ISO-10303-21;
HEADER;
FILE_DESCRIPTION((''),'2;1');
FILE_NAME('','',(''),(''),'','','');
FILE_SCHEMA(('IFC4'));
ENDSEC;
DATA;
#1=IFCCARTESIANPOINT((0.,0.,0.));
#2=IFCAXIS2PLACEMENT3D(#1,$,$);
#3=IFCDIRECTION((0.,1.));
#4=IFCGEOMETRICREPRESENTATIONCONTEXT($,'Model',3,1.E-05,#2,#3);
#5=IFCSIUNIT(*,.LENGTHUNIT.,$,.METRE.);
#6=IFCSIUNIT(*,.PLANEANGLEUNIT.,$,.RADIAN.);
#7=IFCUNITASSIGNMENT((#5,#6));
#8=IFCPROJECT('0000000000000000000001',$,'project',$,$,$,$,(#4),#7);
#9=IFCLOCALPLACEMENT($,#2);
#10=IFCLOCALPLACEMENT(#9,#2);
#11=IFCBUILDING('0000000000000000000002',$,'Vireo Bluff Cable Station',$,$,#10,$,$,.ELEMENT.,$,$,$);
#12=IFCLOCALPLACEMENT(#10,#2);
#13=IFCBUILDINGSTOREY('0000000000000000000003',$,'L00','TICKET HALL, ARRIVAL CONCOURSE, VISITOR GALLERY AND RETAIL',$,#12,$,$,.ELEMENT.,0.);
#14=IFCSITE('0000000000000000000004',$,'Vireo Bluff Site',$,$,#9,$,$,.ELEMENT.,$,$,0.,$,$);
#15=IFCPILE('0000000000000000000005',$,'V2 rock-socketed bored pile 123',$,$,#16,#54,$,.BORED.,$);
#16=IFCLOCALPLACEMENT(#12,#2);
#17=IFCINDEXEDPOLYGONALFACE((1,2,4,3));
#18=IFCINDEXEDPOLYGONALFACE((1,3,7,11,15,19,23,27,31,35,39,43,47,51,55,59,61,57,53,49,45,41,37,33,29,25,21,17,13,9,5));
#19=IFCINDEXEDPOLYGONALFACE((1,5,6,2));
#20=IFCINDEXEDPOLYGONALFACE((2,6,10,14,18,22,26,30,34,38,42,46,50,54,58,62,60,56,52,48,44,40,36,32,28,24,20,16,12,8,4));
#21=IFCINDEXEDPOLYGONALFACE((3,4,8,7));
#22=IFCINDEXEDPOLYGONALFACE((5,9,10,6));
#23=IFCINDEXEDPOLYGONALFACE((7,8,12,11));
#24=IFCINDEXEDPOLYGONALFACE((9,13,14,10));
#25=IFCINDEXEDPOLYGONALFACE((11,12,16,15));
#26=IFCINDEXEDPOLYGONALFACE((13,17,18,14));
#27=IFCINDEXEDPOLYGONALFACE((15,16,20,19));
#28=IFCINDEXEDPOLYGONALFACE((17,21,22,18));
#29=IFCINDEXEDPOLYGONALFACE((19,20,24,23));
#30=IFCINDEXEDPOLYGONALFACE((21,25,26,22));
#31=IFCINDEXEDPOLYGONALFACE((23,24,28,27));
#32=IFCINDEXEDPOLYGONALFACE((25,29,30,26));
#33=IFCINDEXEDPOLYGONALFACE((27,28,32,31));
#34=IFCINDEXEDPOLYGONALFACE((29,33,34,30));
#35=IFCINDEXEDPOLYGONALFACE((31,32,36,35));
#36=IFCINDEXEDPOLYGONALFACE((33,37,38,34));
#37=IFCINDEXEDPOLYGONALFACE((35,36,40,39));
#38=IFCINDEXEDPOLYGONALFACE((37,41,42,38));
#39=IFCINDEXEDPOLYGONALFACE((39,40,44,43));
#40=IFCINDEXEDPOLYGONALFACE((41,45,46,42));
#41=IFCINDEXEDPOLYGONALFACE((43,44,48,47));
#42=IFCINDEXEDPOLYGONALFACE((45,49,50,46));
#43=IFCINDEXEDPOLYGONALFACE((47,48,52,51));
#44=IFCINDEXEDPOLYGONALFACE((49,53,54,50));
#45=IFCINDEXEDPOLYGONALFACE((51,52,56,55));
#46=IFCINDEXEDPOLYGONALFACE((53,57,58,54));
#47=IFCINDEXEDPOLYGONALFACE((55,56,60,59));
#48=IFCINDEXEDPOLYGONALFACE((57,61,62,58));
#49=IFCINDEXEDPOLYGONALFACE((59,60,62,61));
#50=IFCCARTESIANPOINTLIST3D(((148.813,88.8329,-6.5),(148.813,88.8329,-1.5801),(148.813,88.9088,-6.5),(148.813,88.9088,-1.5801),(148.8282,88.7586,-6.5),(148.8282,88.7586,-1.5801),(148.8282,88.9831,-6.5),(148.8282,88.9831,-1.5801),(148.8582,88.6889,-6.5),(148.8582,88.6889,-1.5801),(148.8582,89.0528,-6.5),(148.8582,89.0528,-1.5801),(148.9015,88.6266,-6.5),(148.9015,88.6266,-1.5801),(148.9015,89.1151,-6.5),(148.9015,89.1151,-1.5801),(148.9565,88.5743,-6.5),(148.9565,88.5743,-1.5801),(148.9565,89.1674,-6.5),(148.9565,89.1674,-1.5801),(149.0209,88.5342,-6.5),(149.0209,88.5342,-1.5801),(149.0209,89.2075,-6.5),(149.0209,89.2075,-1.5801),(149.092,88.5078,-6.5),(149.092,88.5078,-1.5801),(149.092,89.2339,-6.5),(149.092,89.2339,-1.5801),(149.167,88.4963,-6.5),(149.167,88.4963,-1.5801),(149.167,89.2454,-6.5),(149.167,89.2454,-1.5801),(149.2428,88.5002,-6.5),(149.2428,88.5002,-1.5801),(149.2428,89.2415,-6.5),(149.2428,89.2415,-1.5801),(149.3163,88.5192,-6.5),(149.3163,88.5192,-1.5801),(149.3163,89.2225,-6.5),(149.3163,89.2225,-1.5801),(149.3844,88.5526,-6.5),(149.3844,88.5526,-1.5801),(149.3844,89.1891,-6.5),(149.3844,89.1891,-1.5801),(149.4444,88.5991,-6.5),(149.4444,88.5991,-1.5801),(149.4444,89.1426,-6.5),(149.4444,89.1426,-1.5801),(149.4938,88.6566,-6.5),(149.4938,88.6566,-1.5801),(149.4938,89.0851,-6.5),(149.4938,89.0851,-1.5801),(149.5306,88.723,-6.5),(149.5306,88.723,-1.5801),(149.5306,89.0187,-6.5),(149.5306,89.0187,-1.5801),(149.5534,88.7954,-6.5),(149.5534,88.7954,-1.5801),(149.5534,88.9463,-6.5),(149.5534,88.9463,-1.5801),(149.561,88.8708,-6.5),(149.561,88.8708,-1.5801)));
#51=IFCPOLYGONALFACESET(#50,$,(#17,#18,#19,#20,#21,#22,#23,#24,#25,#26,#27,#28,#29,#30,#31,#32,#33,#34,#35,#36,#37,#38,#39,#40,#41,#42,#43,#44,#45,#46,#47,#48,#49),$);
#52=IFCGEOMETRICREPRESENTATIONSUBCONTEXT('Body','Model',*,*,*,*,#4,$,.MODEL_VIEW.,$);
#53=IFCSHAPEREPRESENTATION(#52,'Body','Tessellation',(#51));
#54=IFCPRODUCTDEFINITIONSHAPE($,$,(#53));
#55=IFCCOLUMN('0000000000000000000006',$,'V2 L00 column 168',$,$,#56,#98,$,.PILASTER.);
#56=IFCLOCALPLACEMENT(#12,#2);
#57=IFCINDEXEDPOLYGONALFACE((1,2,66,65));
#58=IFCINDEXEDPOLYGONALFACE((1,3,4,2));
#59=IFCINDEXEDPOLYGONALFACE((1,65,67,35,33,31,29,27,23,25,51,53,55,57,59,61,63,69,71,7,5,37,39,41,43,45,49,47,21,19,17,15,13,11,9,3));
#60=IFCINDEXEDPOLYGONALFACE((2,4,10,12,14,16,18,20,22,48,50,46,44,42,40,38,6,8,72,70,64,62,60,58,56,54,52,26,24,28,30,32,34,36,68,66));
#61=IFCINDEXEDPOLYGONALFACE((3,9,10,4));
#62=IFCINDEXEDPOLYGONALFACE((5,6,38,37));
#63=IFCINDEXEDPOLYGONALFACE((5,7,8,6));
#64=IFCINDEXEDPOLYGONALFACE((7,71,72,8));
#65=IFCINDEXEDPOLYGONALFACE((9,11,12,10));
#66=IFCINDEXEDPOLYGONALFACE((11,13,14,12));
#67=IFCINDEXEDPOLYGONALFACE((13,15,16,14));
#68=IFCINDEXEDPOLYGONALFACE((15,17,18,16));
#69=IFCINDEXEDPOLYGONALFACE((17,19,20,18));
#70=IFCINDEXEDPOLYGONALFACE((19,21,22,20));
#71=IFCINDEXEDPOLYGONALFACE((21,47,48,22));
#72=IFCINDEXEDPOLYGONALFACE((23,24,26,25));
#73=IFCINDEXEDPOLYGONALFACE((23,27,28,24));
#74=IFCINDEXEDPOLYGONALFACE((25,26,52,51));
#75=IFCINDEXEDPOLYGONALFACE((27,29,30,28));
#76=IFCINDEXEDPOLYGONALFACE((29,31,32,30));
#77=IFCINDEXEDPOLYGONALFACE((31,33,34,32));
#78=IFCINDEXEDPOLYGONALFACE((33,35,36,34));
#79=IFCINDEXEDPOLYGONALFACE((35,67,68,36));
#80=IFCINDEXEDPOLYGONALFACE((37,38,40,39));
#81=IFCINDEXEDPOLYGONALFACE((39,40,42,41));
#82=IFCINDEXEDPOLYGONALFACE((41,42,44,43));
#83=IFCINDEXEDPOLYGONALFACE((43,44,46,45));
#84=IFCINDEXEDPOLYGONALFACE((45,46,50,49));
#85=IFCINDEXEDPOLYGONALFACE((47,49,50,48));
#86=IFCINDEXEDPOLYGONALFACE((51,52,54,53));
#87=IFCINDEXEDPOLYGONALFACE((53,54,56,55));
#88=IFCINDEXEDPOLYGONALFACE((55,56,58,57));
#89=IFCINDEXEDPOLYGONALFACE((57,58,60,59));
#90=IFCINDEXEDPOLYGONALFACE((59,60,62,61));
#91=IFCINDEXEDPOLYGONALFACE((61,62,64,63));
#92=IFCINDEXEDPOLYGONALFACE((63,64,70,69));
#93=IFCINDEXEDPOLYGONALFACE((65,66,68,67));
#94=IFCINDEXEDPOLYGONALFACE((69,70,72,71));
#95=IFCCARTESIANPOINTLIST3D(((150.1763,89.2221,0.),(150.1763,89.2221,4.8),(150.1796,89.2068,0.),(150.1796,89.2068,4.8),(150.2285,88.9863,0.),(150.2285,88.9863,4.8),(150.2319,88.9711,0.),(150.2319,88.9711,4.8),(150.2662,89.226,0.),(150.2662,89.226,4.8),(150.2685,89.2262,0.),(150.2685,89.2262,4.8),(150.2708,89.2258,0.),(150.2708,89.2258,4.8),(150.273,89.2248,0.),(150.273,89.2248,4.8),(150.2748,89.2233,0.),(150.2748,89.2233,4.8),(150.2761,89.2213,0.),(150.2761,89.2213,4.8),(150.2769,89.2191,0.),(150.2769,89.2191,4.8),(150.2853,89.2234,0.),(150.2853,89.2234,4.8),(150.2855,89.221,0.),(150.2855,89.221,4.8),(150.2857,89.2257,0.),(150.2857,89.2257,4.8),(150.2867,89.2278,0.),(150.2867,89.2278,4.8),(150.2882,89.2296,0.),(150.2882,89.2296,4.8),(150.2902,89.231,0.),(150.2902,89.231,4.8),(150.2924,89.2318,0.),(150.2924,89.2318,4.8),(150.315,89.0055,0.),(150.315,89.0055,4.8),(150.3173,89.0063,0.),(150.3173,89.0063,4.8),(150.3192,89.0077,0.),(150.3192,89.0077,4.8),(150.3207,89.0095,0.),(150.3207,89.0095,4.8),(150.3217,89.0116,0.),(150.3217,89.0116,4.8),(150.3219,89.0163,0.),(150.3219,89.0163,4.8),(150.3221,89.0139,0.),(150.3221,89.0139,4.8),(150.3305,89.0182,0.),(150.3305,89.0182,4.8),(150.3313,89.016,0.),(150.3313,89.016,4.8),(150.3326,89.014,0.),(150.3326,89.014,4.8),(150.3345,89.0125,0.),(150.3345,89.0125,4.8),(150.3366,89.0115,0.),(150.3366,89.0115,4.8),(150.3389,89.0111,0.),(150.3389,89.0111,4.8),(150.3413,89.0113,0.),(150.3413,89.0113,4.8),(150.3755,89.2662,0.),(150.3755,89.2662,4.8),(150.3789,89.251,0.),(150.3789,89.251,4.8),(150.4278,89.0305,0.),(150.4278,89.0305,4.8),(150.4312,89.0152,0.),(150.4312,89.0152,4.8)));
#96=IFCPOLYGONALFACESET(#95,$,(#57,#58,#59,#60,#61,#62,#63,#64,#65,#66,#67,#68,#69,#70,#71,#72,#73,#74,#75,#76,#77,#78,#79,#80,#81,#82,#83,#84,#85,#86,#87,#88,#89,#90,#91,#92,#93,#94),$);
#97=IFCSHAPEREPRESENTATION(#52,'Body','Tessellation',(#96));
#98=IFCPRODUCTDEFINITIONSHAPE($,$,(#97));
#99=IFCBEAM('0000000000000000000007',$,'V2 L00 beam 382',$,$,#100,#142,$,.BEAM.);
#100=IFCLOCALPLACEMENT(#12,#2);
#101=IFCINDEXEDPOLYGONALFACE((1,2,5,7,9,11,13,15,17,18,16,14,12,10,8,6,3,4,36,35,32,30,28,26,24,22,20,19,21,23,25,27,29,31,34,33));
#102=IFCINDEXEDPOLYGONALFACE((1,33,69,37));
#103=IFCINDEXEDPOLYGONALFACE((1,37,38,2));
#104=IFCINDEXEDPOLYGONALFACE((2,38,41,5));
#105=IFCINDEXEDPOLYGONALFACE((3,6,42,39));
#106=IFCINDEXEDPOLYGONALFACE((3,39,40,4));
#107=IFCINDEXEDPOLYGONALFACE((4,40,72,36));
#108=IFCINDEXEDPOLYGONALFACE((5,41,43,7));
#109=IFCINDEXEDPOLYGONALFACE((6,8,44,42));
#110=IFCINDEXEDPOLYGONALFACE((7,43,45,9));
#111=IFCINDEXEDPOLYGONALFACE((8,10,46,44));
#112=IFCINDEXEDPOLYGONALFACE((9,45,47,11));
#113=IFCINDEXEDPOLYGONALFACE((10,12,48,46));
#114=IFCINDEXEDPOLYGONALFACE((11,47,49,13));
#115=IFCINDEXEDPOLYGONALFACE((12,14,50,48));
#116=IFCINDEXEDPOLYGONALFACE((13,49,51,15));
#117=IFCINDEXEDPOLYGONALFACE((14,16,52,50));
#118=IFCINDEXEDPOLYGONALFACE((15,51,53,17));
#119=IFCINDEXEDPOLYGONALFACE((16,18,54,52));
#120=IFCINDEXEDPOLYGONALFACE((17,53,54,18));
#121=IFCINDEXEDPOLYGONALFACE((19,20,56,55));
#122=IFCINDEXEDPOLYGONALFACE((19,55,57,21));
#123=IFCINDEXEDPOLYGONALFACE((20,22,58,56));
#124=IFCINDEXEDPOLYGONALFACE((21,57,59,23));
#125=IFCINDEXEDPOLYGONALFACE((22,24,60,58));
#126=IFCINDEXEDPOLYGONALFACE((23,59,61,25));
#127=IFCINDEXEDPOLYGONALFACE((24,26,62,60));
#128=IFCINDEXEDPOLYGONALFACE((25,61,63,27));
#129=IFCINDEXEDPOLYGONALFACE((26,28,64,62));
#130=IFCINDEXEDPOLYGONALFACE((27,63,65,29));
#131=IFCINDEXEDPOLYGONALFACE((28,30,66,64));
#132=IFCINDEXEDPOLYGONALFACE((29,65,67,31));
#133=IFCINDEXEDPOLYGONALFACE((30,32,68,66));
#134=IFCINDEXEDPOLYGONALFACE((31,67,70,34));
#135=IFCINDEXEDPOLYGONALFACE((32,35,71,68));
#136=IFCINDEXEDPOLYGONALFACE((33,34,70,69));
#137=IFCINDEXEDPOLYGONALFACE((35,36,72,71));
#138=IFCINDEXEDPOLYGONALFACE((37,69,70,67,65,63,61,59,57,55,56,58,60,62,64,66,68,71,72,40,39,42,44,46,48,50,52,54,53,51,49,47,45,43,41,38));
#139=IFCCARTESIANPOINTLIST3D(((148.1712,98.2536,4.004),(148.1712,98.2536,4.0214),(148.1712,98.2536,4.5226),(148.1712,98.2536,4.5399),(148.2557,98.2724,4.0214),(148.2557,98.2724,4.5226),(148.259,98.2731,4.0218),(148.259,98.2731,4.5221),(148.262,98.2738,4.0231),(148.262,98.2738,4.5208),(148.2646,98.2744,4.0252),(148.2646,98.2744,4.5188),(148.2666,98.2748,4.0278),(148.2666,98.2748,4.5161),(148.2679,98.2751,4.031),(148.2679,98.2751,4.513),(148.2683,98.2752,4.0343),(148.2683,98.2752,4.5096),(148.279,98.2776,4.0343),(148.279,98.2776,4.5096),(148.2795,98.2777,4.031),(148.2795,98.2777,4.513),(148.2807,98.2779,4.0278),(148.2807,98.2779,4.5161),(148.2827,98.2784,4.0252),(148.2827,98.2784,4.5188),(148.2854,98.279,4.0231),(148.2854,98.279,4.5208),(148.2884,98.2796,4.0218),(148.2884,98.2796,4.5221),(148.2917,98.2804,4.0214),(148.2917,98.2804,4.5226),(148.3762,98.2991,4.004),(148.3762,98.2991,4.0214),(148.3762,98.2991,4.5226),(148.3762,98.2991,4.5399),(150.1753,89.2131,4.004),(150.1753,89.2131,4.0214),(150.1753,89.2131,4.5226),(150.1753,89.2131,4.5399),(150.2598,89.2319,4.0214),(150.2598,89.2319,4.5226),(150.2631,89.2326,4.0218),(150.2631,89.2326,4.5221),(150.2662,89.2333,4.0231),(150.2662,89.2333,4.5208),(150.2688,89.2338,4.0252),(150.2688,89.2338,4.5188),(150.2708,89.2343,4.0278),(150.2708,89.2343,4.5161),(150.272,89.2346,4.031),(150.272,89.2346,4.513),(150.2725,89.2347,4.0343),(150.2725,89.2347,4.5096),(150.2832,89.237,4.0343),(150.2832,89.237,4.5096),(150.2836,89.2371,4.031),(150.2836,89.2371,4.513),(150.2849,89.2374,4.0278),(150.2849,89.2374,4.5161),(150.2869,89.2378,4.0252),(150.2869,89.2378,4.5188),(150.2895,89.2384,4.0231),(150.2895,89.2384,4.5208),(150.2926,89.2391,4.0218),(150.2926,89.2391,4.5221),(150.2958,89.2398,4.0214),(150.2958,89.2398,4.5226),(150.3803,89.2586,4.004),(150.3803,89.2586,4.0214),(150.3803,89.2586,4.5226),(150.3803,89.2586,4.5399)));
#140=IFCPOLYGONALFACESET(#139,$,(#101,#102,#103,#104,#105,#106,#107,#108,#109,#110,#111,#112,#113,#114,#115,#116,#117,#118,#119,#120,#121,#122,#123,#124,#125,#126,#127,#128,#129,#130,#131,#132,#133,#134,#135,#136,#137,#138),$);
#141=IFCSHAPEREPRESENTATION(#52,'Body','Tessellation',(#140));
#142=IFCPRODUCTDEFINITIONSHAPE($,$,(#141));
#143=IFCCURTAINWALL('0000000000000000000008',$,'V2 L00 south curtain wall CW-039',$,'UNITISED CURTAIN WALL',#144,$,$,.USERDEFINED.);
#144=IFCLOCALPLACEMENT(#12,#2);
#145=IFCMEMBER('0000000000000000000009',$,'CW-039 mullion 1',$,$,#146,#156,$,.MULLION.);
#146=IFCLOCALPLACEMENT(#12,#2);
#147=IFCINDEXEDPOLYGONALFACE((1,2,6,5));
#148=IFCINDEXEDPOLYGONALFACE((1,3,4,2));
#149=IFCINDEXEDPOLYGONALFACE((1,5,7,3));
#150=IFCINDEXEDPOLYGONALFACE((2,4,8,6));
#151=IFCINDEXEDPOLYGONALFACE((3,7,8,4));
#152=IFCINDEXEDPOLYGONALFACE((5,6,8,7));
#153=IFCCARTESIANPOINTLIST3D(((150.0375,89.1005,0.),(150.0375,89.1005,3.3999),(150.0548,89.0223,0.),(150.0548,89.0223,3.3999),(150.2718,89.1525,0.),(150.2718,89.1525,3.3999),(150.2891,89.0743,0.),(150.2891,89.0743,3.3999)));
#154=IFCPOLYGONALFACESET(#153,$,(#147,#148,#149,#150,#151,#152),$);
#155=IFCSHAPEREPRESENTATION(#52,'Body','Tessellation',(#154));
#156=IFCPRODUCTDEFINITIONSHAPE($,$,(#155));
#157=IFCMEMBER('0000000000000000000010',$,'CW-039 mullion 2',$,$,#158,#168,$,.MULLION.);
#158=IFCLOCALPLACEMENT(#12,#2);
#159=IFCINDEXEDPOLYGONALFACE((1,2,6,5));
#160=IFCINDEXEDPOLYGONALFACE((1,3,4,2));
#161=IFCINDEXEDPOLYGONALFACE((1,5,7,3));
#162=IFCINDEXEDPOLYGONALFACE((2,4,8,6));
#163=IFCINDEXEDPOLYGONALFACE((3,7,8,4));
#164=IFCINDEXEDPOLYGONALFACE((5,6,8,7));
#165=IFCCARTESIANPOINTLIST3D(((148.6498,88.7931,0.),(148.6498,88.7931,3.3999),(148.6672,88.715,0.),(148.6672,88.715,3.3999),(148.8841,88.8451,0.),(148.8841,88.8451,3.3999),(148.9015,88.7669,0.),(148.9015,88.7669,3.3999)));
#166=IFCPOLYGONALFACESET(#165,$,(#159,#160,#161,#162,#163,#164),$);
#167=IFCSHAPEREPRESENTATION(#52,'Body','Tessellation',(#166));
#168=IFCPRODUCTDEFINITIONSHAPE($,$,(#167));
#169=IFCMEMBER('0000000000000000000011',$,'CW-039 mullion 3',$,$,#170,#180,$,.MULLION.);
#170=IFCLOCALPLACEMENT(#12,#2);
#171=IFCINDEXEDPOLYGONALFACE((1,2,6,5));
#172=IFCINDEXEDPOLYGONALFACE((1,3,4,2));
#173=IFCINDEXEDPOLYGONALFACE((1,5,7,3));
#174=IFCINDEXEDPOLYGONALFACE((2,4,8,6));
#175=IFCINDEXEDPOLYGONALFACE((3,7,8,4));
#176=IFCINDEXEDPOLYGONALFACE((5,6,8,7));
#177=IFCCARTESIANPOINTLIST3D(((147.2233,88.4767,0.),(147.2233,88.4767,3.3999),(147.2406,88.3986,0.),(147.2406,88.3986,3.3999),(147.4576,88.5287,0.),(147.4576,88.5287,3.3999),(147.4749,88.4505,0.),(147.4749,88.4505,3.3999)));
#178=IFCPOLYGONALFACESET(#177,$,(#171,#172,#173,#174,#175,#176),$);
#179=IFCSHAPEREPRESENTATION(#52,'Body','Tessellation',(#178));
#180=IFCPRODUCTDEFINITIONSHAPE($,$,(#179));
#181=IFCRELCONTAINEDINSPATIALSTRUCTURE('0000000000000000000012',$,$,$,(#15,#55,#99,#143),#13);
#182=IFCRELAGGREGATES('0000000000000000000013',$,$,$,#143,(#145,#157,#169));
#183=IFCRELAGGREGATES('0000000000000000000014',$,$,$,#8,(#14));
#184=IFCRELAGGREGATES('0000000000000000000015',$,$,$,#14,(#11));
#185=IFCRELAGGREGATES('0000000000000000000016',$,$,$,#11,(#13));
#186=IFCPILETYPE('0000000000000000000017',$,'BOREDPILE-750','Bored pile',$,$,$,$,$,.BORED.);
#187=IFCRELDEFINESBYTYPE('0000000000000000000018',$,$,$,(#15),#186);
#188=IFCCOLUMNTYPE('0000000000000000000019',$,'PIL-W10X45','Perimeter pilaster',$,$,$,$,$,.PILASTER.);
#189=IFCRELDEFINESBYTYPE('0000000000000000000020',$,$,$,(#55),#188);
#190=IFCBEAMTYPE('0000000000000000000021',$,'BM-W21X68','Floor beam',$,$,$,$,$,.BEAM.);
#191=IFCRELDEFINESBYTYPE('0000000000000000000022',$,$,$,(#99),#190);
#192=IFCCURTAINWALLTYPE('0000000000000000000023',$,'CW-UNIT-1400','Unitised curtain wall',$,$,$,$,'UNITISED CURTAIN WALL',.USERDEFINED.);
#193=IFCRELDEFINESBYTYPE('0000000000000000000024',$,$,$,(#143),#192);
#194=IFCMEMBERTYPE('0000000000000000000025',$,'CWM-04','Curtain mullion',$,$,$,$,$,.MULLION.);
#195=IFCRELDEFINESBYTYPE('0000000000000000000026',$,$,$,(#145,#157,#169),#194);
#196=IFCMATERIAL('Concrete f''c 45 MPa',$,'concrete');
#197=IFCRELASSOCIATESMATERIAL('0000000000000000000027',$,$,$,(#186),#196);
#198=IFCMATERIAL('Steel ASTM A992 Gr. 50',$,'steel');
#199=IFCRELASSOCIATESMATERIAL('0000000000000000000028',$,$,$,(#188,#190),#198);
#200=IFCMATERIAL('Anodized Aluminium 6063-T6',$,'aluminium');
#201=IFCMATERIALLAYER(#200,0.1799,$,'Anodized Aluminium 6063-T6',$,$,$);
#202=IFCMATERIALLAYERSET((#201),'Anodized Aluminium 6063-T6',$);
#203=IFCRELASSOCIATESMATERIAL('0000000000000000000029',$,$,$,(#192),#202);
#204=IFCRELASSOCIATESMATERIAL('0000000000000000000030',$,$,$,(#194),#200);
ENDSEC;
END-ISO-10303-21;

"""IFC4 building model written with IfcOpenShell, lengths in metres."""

from ifc_helpers import new_model, si_unit, direction, frame, origin, origin_2d, place, context, subcontext, project, spatial, rectangle, circle, i_section, extrude, material, layer, layer_set, material_profile, profile_set, type_object, element, aggregate, save


model = new_model("IFC4")

# Units and contexts
model_context = context("Model", 3, precision=1e-05, world=origin(), true_north=direction((0.0, 1.0)))
body_context = subcontext(model_context, "Body", "Model", "MODEL_VIEW")
ifc_project = project(units=[si_unit("LENGTHUNIT", "METRE"), si_unit("PLANEANGLEUNIT", "RADIAN")], contexts=[model_context])

# Site, building, storey
site_placement = place(None, origin())
site = spatial("IfcSite", under=ifc_project, at=site_placement, Name="Vireo Bluff Site", CompositionType="ELEMENT", RefElevation=0.0)
building_placement = place(site_placement, origin())
building = spatial("IfcBuilding", under=site, at=building_placement, Name="Vireo Bluff Cable Station", CompositionType="ELEMENT")
storey_placement = place(building_placement, origin())
storey = spatial("IfcBuildingStorey", under=building, at=storey_placement, Name="L00", Description="TICKET HALL, ARRIVAL CONCOURSE, VISITOR GALLERY AND RETAIL", CompositionType="ELEMENT", Elevation=0.0)

# Pile
ifc_material_1 = material(Name="Concrete f'c 45 MPa", Category="concrete")
ifc_material_profile_1 = material_profile(ifc_material_1, circle(Radius=0.375, at=origin_2d()), Name="BOREDPILE-750")
ifc_profile_set_1 = profile_set([ifc_material_profile_1], Name="Concrete f'c 45 MPa")
pile_type = type_object("IfcPileType", Name="BOREDPILE-750", Description="Bored pile", PredefinedType="BORED", material=ifc_profile_set_1)
pile_placement = place(storey_placement, frame((149.186, 88.8708, -1.5801), z_axis=(0.0, 0.0, -1.0), x_axis=(1.0, 0.0, 0.0)))
element("IfcPile", 1, at=pile_placement, inside=storey, type_object=pile_type, Name="V2 rock-socketed bored pile 123", PredefinedType="BORED", context=body_context, shape_type="SweptSolid", body=[
    extrude(circle(Radius=0.375, at=origin_2d()), origin(), (0.0, 0.0, 1.0), 4.9199),
])

# Column
ifc_material_2 = material(Name="Steel ASTM A992 Gr. 50", Category="steel")
ifc_material_profile_2 = material_profile(ifc_material_2, i_section(OverallWidth=0.2041, OverallDepth=0.2571, WebThickness=0.0088, FlangeThickness=0.0156, FilletRadius=0.009, at=origin_2d()), Name="W10X45")
ifc_profile_set_2 = profile_set([ifc_material_profile_2], Name="Steel ASTM A992 Gr. 50")
column_type = type_object("IfcColumnType", Name="PIL-W10X45", Description="Perimeter pilaster", PredefinedType="PILASTER", material=ifc_profile_set_2)
column_placement = place(storey_placement, frame((150.3037, 89.1187, 0.0), z_axis=(0.0, 0.0, 1.0), x_axis=(0.976296, 0.21644, 0.0)))
element("IfcColumn", 2, at=column_placement, inside=storey, type_object=column_type, Name="V2 L00 column 168", PredefinedType="PILASTER", context=body_context, shape_type="SweptSolid", body=[
    extrude(i_section(OverallWidth=0.2041, OverallDepth=0.2571, WebThickness=0.0088, FlangeThickness=0.0156, FilletRadius=0.009, at=origin_2d()), origin(), (0.0, 0.0, 1.0), 4.8),
])

# Beam
ifc_material_profile_3 = material_profile(ifc_material_2, i_section(OverallWidth=0.21, OverallDepth=0.5359, WebThickness=0.011, FlangeThickness=0.0173, FilletRadius=0.0129, at=origin_2d()), Name="W21X68")
ifc_profile_set_3 = profile_set([ifc_material_profile_3], Name="Steel ASTM A992 Gr. 50")
beam_type = type_object("IfcBeamType", Name="BM-W21X68", Description="Floor beam", PredefinedType="BEAM", material=ifc_profile_set_3)
beam_placement = place(storey_placement, frame((150.2778, 89.2358, 4.272), z_axis=(-0.216431, 0.976298, 0.0), x_axis=(-0.976298, -0.216431, 0.0)))
element("IfcBeam", 3, at=beam_placement, inside=storey, type_object=beam_type, Name="V2 L00 beam 382", PredefinedType="BEAM", context=body_context, shape_type="SweptSolid", body=[
    extrude(i_section(OverallWidth=0.21, OverallDepth=0.5359, WebThickness=0.011, FlangeThickness=0.0173, FilletRadius=0.0129, at=origin_2d()), origin(), (0.0, 0.0, 1.0), 9.26),
])

# Curtain wall, members
ifc_material_3 = material(Name="Anodized Aluminium 6063-T6", Category="aluminium")
ifc_layer_1 = layer(ifc_material_3, 0.1799, Name="Anodized Aluminium 6063-T6")
ifc_layer_set_1 = layer_set([ifc_layer_1], Name="Anodized Aluminium 6063-T6")
curtain_wall_type = type_object("IfcCurtainWallType", Name="CW-UNIT-1400", Description="Unitised curtain wall", ElementType="UNITISED CURTAIN WALL", PredefinedType="USERDEFINED", material=ifc_layer_set_1)
curtain_wall_placement = place(storey_placement, origin())
curtain_wall = element("IfcCurtainWall", 4, at=curtain_wall_placement, inside=storey, type_object=curtain_wall_type, Name="V2 L00 south curtain wall CW-039", ObjectType="UNITISED CURTAIN WALL", PredefinedType="USERDEFINED")
ifc_material_profile_4 = material_profile(ifc_material_3, rectangle(XDim=0.0801, YDim=0.24, at=origin_2d()), Name="ALU-M-80X240")
ifc_profile_set_4 = profile_set([ifc_material_profile_4], Name="Anodized Aluminium 6063-T6")
member_type_1 = type_object("IfcMemberType", Name="CWM-04", Description="Curtain mullion", PredefinedType="MULLION", material=ifc_profile_set_4)
member_1_placement = place(storey_placement, frame((150.1633, 89.0874, 0.0), z_axis=(0.0, 0.0, 1.0), x_axis=(0.21644, -0.976296, 0.0)))
member_1 = element("IfcMember", 5, at=member_1_placement, type_object=member_type_1, Name="CW-039 mullion 1", PredefinedType="MULLION", context=body_context, shape_type="SweptSolid", body=[
    extrude(rectangle(XDim=0.0801, YDim=0.24, at=origin_2d()), origin(), (0.0, 0.0, 1.0), 3.3999),
])
member_2_placement = place(storey_placement, frame((148.7756, 88.78, 0.0), z_axis=(0.0, 0.0, 1.0), x_axis=(0.21644, -0.976296, 0.0)))
member_2 = element("IfcMember", 6, at=member_2_placement, type_object=member_type_1, Name="CW-039 mullion 2", PredefinedType="MULLION", context=body_context, shape_type="SweptSolid", body=[
    extrude(rectangle(XDim=0.0801, YDim=0.24, at=origin_2d()), origin(), (0.0, 0.0, 1.0), 3.3999),
])
member_3_placement = place(storey_placement, frame((147.3491, 88.4636, 0.0), z_axis=(0.0, 0.0, 1.0), x_axis=(0.21644, -0.976296, 0.0)))
member_3 = element("IfcMember", 7, at=member_3_placement, type_object=member_type_1, Name="CW-039 mullion 3", PredefinedType="MULLION", context=body_context, shape_type="SweptSolid", body=[
    extrude(rectangle(XDim=0.0801, YDim=0.24, at=origin_2d()), origin(), (0.0, 0.0, 1.0), 3.3999),
])
aggregate(curtain_wall, [member_1, member_2, member_3])

save(model, "model.ifc")
